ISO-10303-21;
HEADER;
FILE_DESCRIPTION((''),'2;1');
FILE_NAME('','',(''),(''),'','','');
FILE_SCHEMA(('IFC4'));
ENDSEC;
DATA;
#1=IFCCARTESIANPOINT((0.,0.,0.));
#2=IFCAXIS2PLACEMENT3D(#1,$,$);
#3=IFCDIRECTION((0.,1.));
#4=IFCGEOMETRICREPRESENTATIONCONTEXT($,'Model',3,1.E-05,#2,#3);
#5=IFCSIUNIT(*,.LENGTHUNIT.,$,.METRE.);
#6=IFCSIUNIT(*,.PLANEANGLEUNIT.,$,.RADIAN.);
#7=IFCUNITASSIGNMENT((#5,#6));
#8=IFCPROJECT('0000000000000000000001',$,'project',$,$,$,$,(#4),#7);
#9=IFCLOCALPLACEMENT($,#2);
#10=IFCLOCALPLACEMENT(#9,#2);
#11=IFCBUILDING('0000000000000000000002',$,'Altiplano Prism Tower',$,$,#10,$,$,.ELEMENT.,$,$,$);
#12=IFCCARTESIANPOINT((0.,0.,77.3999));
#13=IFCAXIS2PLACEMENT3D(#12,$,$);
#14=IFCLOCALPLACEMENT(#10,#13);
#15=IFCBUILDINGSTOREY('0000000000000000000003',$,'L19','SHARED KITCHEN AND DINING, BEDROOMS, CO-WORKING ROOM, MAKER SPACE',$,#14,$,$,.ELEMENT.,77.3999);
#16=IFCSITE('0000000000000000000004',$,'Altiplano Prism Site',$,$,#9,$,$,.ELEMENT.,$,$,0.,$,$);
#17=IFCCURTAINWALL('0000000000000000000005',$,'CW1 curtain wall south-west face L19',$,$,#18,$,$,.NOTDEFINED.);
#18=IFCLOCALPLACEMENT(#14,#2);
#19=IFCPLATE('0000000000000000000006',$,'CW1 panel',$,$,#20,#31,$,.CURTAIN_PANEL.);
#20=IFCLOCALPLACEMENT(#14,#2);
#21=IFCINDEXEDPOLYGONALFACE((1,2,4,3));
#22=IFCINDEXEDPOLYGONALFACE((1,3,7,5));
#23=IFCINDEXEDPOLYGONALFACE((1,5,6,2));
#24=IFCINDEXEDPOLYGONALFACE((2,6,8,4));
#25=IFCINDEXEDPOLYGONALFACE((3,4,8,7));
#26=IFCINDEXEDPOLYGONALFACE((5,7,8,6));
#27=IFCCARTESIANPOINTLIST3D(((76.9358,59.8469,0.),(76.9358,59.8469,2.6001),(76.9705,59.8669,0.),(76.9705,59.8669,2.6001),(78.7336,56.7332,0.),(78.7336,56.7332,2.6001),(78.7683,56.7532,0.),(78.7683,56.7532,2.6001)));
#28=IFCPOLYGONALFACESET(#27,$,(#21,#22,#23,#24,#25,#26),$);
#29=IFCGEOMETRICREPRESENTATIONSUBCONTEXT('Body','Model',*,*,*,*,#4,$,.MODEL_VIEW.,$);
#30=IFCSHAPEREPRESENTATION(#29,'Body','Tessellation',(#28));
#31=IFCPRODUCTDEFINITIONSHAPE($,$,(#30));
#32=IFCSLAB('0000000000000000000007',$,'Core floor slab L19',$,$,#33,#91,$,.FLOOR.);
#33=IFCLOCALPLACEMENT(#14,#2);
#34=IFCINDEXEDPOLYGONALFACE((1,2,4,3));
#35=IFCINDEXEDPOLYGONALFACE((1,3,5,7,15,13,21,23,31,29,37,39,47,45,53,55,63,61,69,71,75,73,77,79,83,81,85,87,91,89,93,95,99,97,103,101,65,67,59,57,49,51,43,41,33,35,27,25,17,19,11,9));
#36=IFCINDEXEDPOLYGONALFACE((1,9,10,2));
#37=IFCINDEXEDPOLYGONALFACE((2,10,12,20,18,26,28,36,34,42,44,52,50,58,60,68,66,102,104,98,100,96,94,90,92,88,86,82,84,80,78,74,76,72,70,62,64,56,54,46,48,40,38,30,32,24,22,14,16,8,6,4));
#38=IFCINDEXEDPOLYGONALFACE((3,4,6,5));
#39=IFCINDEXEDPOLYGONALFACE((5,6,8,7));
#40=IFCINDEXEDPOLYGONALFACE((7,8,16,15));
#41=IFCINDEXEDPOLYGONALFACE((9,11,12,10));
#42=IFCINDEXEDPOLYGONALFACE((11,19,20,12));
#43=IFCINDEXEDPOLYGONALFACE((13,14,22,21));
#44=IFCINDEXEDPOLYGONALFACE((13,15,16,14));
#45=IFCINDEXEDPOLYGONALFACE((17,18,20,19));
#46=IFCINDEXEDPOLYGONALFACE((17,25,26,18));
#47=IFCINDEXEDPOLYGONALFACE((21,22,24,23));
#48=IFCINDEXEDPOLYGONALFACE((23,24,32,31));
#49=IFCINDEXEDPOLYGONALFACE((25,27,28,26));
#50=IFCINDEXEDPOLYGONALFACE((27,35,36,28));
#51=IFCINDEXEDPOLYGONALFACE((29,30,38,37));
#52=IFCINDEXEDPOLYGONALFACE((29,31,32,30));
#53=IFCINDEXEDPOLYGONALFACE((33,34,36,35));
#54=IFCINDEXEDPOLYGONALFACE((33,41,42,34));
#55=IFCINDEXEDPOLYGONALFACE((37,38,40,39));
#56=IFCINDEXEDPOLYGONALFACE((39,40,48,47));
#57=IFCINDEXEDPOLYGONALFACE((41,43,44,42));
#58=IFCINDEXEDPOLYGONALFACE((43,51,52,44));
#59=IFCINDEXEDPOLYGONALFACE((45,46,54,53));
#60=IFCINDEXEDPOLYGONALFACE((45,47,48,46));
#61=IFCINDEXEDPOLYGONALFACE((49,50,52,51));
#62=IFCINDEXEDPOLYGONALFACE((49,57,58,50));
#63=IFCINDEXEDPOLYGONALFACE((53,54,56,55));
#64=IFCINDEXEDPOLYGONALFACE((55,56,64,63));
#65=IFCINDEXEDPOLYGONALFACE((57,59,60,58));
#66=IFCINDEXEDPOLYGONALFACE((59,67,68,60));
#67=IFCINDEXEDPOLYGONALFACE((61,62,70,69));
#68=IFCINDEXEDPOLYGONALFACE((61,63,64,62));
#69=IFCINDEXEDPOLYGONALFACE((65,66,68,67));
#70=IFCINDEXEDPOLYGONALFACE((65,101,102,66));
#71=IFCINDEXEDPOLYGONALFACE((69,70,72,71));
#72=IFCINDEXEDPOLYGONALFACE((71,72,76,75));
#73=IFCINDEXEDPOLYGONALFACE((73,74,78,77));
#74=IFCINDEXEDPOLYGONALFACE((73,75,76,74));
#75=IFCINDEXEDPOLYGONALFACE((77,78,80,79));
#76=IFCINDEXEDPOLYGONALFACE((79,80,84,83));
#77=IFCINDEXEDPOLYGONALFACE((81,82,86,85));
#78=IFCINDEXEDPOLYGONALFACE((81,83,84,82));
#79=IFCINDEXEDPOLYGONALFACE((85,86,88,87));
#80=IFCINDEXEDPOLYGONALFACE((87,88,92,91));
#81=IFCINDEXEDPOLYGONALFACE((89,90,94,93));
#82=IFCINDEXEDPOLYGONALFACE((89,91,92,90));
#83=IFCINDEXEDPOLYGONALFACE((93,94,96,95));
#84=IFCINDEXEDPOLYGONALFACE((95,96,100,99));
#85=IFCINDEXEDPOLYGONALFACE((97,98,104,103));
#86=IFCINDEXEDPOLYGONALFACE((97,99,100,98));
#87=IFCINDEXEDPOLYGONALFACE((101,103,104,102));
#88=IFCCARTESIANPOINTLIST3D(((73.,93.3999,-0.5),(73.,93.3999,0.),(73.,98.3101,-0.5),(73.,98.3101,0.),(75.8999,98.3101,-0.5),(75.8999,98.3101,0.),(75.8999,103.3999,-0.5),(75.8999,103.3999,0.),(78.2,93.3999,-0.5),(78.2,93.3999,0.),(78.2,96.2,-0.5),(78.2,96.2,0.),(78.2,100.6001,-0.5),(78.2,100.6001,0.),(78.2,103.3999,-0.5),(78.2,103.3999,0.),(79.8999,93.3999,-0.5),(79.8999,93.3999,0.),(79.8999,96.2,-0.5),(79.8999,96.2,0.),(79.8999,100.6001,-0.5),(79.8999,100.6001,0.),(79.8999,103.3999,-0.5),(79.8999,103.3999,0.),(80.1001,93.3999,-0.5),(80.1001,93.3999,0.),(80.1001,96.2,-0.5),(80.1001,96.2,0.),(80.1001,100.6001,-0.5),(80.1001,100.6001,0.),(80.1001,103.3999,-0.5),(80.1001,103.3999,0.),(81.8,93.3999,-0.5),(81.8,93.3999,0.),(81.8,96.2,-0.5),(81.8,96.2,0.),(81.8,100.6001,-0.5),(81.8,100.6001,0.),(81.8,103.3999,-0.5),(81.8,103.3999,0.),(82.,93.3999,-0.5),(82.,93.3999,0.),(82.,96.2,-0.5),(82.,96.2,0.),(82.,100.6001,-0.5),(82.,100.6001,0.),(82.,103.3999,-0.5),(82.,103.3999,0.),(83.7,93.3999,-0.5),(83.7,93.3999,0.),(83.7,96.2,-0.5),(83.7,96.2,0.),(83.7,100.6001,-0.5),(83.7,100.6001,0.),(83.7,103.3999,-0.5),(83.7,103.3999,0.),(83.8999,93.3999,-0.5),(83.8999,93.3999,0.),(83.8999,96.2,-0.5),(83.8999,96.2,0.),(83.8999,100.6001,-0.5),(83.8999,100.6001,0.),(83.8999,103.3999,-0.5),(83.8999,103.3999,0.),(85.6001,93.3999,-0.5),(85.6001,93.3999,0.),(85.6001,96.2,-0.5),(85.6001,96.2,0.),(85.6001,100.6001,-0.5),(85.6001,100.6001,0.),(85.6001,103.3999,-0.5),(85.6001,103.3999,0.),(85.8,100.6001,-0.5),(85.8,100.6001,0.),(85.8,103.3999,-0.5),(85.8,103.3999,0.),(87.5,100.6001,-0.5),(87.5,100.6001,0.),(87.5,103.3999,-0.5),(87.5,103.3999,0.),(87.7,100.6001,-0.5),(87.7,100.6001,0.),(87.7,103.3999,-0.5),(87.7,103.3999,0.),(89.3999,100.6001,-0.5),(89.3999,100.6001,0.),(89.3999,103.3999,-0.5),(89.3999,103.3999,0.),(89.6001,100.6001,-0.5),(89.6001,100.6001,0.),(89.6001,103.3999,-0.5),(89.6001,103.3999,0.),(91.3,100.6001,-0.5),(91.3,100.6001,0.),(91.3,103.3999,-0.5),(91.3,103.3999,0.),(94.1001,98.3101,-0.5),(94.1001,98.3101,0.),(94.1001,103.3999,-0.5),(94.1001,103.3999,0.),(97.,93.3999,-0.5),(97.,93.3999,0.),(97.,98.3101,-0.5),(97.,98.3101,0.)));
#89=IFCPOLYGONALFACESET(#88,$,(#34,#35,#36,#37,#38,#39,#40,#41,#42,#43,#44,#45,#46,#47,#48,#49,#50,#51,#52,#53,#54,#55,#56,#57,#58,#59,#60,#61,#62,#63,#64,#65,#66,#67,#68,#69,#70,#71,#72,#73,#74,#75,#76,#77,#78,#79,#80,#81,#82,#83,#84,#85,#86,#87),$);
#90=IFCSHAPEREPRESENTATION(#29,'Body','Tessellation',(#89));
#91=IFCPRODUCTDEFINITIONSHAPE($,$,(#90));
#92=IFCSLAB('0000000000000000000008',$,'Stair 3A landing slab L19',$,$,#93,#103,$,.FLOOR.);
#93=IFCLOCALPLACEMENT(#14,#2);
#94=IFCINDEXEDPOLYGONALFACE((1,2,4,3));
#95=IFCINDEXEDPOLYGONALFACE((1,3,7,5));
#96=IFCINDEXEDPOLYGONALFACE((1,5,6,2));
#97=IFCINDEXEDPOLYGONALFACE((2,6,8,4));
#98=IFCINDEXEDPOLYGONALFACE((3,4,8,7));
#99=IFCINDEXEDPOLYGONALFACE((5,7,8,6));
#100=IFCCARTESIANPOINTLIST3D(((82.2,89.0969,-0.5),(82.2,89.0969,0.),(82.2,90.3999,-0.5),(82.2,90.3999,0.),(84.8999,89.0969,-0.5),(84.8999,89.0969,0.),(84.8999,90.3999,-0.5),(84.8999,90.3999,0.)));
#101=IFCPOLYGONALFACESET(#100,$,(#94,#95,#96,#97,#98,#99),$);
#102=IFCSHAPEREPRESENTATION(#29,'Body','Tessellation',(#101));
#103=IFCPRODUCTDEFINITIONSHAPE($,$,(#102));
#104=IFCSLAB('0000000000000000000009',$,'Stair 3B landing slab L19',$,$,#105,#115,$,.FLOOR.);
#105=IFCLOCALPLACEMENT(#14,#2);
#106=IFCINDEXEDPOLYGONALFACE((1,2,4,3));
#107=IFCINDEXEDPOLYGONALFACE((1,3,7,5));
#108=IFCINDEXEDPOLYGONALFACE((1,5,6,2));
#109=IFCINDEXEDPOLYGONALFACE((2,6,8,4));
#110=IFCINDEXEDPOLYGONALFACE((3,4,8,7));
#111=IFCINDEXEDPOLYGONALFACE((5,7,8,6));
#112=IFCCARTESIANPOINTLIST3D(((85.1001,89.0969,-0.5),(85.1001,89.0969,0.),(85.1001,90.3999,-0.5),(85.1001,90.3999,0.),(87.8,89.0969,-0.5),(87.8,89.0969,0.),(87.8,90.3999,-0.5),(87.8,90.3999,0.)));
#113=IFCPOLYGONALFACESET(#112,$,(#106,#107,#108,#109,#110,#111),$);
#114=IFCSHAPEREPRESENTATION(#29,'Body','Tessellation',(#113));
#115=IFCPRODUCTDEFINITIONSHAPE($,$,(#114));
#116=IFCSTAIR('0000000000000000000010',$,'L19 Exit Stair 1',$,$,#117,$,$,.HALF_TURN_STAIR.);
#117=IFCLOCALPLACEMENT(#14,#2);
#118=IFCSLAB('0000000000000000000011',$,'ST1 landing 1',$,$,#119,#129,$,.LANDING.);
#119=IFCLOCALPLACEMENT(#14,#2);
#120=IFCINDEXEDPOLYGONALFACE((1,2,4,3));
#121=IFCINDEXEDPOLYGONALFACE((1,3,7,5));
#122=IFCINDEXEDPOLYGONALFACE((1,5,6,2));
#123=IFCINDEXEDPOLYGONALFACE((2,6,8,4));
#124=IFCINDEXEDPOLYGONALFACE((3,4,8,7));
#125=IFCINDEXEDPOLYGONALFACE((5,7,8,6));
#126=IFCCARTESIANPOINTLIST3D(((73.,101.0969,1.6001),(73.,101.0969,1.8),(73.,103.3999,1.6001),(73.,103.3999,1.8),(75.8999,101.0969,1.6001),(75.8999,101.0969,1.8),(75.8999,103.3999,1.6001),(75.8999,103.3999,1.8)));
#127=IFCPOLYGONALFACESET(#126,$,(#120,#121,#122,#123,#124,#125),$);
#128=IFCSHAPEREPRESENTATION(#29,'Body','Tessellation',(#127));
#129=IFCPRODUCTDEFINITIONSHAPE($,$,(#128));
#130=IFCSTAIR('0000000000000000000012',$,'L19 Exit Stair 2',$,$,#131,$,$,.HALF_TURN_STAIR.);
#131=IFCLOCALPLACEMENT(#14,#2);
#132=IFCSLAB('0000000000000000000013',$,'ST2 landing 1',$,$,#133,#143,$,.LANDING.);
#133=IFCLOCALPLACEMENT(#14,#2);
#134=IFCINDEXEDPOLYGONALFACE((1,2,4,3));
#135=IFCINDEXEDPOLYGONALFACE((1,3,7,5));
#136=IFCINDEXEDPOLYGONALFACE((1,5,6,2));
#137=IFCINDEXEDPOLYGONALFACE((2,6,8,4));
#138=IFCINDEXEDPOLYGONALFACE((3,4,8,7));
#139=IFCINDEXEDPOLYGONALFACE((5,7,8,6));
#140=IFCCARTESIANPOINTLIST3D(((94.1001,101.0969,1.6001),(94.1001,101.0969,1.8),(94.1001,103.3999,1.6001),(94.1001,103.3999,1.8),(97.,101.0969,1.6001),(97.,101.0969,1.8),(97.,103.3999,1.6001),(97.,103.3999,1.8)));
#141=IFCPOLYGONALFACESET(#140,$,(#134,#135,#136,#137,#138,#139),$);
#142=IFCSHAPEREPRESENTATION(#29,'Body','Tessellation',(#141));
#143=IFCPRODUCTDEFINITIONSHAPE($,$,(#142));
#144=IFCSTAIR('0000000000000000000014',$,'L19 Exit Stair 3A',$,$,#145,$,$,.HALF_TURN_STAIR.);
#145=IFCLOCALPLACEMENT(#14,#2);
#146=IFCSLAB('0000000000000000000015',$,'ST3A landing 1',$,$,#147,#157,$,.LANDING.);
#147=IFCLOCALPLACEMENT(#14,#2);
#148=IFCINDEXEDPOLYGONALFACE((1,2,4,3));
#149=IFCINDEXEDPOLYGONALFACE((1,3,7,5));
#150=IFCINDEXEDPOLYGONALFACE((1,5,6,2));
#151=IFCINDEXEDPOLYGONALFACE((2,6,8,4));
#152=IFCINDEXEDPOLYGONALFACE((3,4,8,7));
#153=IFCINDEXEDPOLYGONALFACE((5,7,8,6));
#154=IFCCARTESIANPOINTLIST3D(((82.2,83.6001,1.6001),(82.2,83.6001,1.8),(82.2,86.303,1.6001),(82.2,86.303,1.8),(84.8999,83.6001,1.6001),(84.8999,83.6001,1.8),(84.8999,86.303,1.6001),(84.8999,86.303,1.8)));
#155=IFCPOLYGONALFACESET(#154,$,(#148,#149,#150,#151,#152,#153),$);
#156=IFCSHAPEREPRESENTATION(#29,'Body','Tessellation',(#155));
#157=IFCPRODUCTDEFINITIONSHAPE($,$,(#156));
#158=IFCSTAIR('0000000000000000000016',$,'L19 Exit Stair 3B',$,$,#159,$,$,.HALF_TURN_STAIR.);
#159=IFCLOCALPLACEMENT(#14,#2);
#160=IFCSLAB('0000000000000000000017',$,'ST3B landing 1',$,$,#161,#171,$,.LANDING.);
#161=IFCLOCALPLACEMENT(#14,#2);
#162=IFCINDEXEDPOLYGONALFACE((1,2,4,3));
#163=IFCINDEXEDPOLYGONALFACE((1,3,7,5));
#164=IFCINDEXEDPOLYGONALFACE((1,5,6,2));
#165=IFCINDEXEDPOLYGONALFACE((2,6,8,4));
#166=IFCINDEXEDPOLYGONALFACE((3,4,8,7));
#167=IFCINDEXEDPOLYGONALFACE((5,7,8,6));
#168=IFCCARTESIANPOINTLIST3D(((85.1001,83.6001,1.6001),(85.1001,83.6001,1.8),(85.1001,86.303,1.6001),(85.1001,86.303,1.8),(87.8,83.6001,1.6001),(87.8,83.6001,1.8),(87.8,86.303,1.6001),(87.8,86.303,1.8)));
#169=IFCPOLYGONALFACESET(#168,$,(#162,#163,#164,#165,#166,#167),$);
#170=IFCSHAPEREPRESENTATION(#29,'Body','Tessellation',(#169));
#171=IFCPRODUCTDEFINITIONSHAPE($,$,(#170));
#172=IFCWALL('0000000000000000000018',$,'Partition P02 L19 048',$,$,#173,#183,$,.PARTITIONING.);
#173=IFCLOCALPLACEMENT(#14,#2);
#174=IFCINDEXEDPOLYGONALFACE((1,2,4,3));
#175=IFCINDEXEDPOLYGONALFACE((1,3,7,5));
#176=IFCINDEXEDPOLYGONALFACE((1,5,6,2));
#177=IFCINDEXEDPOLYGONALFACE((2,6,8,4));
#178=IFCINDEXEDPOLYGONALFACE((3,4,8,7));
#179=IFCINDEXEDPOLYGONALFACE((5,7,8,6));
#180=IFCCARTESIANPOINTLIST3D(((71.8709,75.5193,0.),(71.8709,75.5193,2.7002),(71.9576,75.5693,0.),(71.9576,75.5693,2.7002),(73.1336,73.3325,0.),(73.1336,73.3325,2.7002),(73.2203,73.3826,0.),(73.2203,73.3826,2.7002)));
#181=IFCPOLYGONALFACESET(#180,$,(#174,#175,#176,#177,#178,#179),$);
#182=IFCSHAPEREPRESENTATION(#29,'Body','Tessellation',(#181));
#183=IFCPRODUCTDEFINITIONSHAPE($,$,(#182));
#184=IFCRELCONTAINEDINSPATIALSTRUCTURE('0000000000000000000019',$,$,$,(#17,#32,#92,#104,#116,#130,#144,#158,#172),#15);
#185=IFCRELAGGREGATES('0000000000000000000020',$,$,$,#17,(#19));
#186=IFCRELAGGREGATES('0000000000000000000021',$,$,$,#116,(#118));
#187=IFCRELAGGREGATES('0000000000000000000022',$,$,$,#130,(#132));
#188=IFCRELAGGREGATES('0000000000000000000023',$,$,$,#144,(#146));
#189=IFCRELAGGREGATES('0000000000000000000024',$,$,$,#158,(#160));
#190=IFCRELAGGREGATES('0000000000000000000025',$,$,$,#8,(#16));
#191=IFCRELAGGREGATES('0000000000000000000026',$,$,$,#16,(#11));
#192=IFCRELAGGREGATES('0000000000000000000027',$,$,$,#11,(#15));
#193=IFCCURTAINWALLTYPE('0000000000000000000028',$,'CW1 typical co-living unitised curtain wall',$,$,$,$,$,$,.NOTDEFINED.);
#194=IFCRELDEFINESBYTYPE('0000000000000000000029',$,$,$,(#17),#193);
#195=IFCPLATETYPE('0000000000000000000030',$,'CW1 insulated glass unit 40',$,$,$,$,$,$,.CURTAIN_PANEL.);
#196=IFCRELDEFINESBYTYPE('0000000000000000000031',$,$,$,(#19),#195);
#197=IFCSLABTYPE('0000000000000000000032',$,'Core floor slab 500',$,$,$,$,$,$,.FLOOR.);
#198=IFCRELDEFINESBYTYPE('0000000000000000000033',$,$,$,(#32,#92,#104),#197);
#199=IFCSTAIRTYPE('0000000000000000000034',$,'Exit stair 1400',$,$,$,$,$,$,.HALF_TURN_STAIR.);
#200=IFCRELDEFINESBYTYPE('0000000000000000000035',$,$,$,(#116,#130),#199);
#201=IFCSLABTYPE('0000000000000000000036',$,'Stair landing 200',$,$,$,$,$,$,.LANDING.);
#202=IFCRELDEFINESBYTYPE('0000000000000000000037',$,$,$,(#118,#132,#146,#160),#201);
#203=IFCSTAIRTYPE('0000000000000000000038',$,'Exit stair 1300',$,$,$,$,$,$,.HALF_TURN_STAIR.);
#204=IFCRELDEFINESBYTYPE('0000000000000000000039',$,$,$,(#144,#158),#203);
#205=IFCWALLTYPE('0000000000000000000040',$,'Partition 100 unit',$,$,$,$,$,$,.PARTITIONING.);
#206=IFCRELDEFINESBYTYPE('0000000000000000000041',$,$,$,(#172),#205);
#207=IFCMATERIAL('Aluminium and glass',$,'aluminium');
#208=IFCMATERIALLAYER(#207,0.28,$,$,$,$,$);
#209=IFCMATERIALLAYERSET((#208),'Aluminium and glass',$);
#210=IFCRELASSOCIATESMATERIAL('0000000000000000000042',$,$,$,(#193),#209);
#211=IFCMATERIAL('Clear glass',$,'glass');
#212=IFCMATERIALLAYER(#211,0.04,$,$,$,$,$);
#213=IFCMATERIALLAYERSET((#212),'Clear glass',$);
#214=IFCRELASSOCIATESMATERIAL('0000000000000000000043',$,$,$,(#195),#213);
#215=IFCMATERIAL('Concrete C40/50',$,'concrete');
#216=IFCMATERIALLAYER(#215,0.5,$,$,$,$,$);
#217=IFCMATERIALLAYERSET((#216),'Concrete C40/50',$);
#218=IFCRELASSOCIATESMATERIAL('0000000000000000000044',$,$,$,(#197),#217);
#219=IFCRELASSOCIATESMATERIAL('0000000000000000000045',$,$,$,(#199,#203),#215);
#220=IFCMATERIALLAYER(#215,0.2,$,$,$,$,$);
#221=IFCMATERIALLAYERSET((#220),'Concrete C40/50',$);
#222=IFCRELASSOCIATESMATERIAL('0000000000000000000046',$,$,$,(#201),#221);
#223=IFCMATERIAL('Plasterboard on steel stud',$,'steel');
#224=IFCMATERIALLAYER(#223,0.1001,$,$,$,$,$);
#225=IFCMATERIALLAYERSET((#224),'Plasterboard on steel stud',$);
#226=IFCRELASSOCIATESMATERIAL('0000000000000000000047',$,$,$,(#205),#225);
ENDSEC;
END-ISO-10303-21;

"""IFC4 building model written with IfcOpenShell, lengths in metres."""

from ifc_helpers import new_model, si_unit, direction, frame, frame_2d, origin, origin_2d, place, context, subcontext, project, spatial, polyline, rectangle, outline, extrude, material, layer, layer_set, type_object, element, aggregate, save


model = new_model("IFC4")

# Units and contexts
model_context = context("Model", 3, precision=1e-05, world=origin(), true_north=direction((0.0, 1.0)))
body_context = subcontext(model_context, "Body", "Model", "MODEL_VIEW")
ifc_project = project(units=[si_unit("LENGTHUNIT", "METRE"), si_unit("PLANEANGLEUNIT", "RADIAN")], contexts=[model_context])

# Site, building, storey
site_placement = place(None, origin())
site = spatial("IfcSite", under=ifc_project, at=site_placement, Name="Altiplano Prism Site", CompositionType="ELEMENT", RefElevation=0.0)
building_placement = place(site_placement, origin())
building = spatial("IfcBuilding", under=site, at=building_placement, Name="Altiplano Prism Tower", CompositionType="ELEMENT")
storey_placement = place(building_placement, frame((0.0, 0.0, 77.3999)))
storey = spatial("IfcBuildingStorey", under=building, at=storey_placement, Name="L19", Description="SHARED KITCHEN AND DINING, BEDROOMS, CO-WORKING ROOM, MAKER SPACE", CompositionType="ELEMENT", Elevation=77.3999)

# Curtain wall
ifc_material_1 = material(Name="Aluminium and glass", Category="aluminium")
ifc_layer_1 = layer(ifc_material_1, 0.28)
ifc_layer_set_1 = layer_set([ifc_layer_1], Name="Aluminium and glass")
curtain_wall_type = type_object("IfcCurtainWallType", Name="CW1 typical co-living unitised curtain wall", PredefinedType="NOTDEFINED", material=ifc_layer_set_1)
curtain_wall_placement = place(storey_placement, origin())
curtain_wall = element("IfcCurtainWall", 1, at=curtain_wall_placement, inside=storey, type_object=curtain_wall_type, Name="CW1 curtain wall south-west face L19", PredefinedType="NOTDEFINED")

# Plate
ifc_material_2 = material(Name="Clear glass", Category="glass")
ifc_layer_2 = layer(ifc_material_2, 0.04)
ifc_layer_set_2 = layer_set([ifc_layer_2], Name="Clear glass")
plate_type = type_object("IfcPlateType", Name="CW1 insulated glass unit 40", PredefinedType="CURTAIN_PANEL", material=ifc_layer_set_2)
plate_1_placement = place(storey_placement, frame((77.8521, 58.3, 0.0), z_axis=(0.0, 0.0, 1.0), x_axis=(0.5, -0.866025, 0.0)))
plate_1 = element("IfcPlate", 2, at=plate_1_placement, type_object=plate_type, Name="CW1 panel", PredefinedType="CURTAIN_PANEL", context=body_context, shape_type="SweptSolid", body=[
    extrude(rectangle(XDim=3.5955, YDim=0.04, at=origin_2d()), origin(), (0.0, 0.0, 1.0), 2.6001),
])
aggregate(curtain_wall, [plate_1])

# Slabs
ifc_material_3 = material(Name="Concrete C40/50", Category="concrete")
ifc_layer_3 = layer(ifc_material_3, 0.5)
ifc_layer_set_3 = layer_set([ifc_layer_3], Name="Concrete C40/50")
slab_type_1 = type_object("IfcSlabType", Name="Core floor slab 500", PredefinedType="FLOOR", material=ifc_layer_set_3)
slab_1_placement = place(storey_placement, frame((0.0, 0.0, -0.5)))
element("IfcSlab", 3, at=slab_1_placement, inside=storey, type_object=slab_type_1, Name="Core floor slab L19", PredefinedType="FLOOR", context=body_context, shape_type="SweptSolid", body=[
    extrude(outline(polyline([(97.0, 98.3101), (94.1001, 98.3101), (94.1001, 103.3999), (91.3, 103.3999), (91.3, 100.6001), (89.6001, 100.6001), (89.6001, 103.3999), (89.3999, 103.3999), (89.3999, 100.6001), (87.7, 100.6001), (87.7, 103.3999), (87.5, 103.3999), (87.5, 100.6001), (85.8, 100.6001), (85.8, 103.3999), (85.6001, 103.3999), (85.6001, 100.6001), (83.8999, 100.6001), (83.8999, 103.3999), (83.7, 103.3999), (83.7, 100.6001), (82.0, 100.6001), (82.0, 103.3999), (81.8, 103.3999), (81.8, 100.6001), (80.1001, 100.6001), (80.1001, 103.3999), (79.8999, 103.3999), (79.8999, 100.6001), (78.2, 100.6001), (78.2, 103.3999), (75.8999, 103.3999), (75.8999, 98.3101), (73.0, 98.3101), (73.0, 93.3999), (78.2, 93.3999), (78.2, 96.2), (79.8999, 96.2), (79.8999, 93.3999), (80.1001, 93.3999), (80.1001, 96.2), (81.8, 96.2), (81.8, 93.3999), (82.0, 93.3999), (82.0, 96.2), (83.7, 96.2), (83.7, 93.3999), (83.8999, 93.3999), (83.8999, 96.2), (85.6001, 96.2), (85.6001, 93.3999), (97.0, 93.3999), (97.0, 98.3101)])), origin(), (0.0, 0.0, 1.0), 0.5),
])
slab_2_placement = place(storey_placement, frame((0.0, 0.0, -0.5)))
element("IfcSlab", 4, at=slab_2_placement, inside=storey, type_object=slab_type_1, Name="Stair 3A landing slab L19", PredefinedType="FLOOR", context=body_context, shape_type="SweptSolid", body=[
    extrude(outline(polyline([(82.2, 89.0969), (84.8999, 89.0969), (84.8999, 90.3999), (82.2, 90.3999), (82.2, 89.0969)])), origin(), (0.0, 0.0, 1.0), 0.5),
])
slab_3_placement = place(storey_placement, frame((0.0, 0.0, -0.5)))
element("IfcSlab", 5, at=slab_3_placement, inside=storey, type_object=slab_type_1, Name="Stair 3B landing slab L19", PredefinedType="FLOOR", context=body_context, shape_type="SweptSolid", body=[
    extrude(outline(polyline([(85.1001, 89.0969), (87.8, 89.0969), (87.8, 90.3999), (85.1001, 90.3999), (85.1001, 89.0969)])), origin(), (0.0, 0.0, 1.0), 0.5),
])

# Stairs, slabs
stair_type_1 = type_object("IfcStairType", Name="Exit stair 1400", PredefinedType="HALF_TURN_STAIR", material=ifc_material_3)
stair_1_placement = place(storey_placement, origin())
stair_1 = element("IfcStair", 6, at=stair_1_placement, inside=storey, type_object=stair_type_1, Name="L19 Exit Stair 1", PredefinedType="HALF_TURN_STAIR")
ifc_layer_4 = layer(ifc_material_3, 0.2)
ifc_layer_set_4 = layer_set([ifc_layer_4], Name="Concrete C40/50")
slab_type_2 = type_object("IfcSlabType", Name="Stair landing 200", PredefinedType="LANDING", material=ifc_layer_set_4)
slab_4_placement = place(storey_placement, frame((0.0, 0.0, 1.6001)))
slab_4 = element("IfcSlab", 7, at=slab_4_placement, type_object=slab_type_2, Name="ST1 landing 1", PredefinedType="LANDING", context=body_context, shape_type="SweptSolid", body=[
    extrude(outline(polyline([(75.8999, 101.0969), (75.8999, 103.3999), (73.0, 103.3999), (73.0, 101.0969), (75.8999, 101.0969)])), origin(), (0.0, 0.0, 1.0), 0.2),
])
aggregate(stair_1, [slab_4])
stair_2_placement = place(storey_placement, origin())
stair_2 = element("IfcStair", 8, at=stair_2_placement, inside=storey, type_object=stair_type_1, Name="L19 Exit Stair 2", PredefinedType="HALF_TURN_STAIR")
slab_5_placement = place(storey_placement, frame((0.0, 0.0, 1.6001)))
slab_5 = element("IfcSlab", 9, at=slab_5_placement, type_object=slab_type_2, Name="ST2 landing 1", PredefinedType="LANDING", context=body_context, shape_type="SweptSolid", body=[
    extrude(outline(polyline([(97.0, 101.0969), (97.0, 103.3999), (94.1001, 103.3999), (94.1001, 101.0969), (97.0, 101.0969)])), origin(), (0.0, 0.0, 1.0), 0.2),
])
aggregate(stair_2, [slab_5])
stair_type_2 = type_object("IfcStairType", Name="Exit stair 1300", PredefinedType="HALF_TURN_STAIR", material=ifc_material_3)
stair_3_placement = place(storey_placement, origin())
stair_3 = element("IfcStair", 10, at=stair_3_placement, inside=storey, type_object=stair_type_2, Name="L19 Exit Stair 3A", PredefinedType="HALF_TURN_STAIR")
slab_6_placement = place(storey_placement, frame((0.0, 0.0, 1.6001)))
slab_6 = element("IfcSlab", 11, at=slab_6_placement, type_object=slab_type_2, Name="ST3A landing 1", PredefinedType="LANDING", context=body_context, shape_type="SweptSolid", body=[
    extrude(outline(polyline([(82.2, 86.303), (82.2, 83.6001), (84.8999, 83.6001), (84.8999, 86.303), (82.2, 86.303)])), origin(), (0.0, 0.0, 1.0), 0.2),
])
aggregate(stair_3, [slab_6])
stair_4_placement = place(storey_placement, origin())
stair_4 = element("IfcStair", 12, at=stair_4_placement, inside=storey, type_object=stair_type_2, Name="L19 Exit Stair 3B", PredefinedType="HALF_TURN_STAIR")
slab_7_placement = place(storey_placement, frame((0.0, 0.0, 1.6001)))
slab_7 = element("IfcSlab", 13, at=slab_7_placement, type_object=slab_type_2, Name="ST3B landing 1", PredefinedType="LANDING", context=body_context, shape_type="SweptSolid", body=[
    extrude(outline(polyline([(85.1001, 86.303), (85.1001, 83.6001), (87.8, 83.6001), (87.8, 86.303), (85.1001, 86.303)])), origin(), (0.0, 0.0, 1.0), 0.2),
])
aggregate(stair_4, [slab_7])

# Wall
ifc_material_4 = material(Name="Plasterboard on steel stud", Category="steel")
ifc_layer_5 = layer(ifc_material_4, 0.1001)
ifc_layer_set_5 = layer_set([ifc_layer_5], Name="Plasterboard on steel stud")
wall_type_1 = type_object("IfcWallType", Name="Partition 100 unit", PredefinedType="PARTITIONING", material=ifc_layer_set_5)
wall_1_placement = place(storey_placement, frame((73.177, 73.3574, 0.0), z_axis=(0.0, 0.0, 1.0), x_axis=(-0.500049, 0.865997, 0.0)))
element("IfcWall", 14, at=wall_1_placement, inside=storey, type_object=wall_type_1, Name="Partition P02 L19 048", PredefinedType="PARTITIONING", context=body_context, shape_type="SweptSolid", body=[
    extrude(rectangle(XDim=2.5251, YDim=0.1001, at=frame_2d((1.2627, 0.0))), origin(), (0.0, 0.0, 1.0), 2.7002),
])

save(model, "model.ifc")
